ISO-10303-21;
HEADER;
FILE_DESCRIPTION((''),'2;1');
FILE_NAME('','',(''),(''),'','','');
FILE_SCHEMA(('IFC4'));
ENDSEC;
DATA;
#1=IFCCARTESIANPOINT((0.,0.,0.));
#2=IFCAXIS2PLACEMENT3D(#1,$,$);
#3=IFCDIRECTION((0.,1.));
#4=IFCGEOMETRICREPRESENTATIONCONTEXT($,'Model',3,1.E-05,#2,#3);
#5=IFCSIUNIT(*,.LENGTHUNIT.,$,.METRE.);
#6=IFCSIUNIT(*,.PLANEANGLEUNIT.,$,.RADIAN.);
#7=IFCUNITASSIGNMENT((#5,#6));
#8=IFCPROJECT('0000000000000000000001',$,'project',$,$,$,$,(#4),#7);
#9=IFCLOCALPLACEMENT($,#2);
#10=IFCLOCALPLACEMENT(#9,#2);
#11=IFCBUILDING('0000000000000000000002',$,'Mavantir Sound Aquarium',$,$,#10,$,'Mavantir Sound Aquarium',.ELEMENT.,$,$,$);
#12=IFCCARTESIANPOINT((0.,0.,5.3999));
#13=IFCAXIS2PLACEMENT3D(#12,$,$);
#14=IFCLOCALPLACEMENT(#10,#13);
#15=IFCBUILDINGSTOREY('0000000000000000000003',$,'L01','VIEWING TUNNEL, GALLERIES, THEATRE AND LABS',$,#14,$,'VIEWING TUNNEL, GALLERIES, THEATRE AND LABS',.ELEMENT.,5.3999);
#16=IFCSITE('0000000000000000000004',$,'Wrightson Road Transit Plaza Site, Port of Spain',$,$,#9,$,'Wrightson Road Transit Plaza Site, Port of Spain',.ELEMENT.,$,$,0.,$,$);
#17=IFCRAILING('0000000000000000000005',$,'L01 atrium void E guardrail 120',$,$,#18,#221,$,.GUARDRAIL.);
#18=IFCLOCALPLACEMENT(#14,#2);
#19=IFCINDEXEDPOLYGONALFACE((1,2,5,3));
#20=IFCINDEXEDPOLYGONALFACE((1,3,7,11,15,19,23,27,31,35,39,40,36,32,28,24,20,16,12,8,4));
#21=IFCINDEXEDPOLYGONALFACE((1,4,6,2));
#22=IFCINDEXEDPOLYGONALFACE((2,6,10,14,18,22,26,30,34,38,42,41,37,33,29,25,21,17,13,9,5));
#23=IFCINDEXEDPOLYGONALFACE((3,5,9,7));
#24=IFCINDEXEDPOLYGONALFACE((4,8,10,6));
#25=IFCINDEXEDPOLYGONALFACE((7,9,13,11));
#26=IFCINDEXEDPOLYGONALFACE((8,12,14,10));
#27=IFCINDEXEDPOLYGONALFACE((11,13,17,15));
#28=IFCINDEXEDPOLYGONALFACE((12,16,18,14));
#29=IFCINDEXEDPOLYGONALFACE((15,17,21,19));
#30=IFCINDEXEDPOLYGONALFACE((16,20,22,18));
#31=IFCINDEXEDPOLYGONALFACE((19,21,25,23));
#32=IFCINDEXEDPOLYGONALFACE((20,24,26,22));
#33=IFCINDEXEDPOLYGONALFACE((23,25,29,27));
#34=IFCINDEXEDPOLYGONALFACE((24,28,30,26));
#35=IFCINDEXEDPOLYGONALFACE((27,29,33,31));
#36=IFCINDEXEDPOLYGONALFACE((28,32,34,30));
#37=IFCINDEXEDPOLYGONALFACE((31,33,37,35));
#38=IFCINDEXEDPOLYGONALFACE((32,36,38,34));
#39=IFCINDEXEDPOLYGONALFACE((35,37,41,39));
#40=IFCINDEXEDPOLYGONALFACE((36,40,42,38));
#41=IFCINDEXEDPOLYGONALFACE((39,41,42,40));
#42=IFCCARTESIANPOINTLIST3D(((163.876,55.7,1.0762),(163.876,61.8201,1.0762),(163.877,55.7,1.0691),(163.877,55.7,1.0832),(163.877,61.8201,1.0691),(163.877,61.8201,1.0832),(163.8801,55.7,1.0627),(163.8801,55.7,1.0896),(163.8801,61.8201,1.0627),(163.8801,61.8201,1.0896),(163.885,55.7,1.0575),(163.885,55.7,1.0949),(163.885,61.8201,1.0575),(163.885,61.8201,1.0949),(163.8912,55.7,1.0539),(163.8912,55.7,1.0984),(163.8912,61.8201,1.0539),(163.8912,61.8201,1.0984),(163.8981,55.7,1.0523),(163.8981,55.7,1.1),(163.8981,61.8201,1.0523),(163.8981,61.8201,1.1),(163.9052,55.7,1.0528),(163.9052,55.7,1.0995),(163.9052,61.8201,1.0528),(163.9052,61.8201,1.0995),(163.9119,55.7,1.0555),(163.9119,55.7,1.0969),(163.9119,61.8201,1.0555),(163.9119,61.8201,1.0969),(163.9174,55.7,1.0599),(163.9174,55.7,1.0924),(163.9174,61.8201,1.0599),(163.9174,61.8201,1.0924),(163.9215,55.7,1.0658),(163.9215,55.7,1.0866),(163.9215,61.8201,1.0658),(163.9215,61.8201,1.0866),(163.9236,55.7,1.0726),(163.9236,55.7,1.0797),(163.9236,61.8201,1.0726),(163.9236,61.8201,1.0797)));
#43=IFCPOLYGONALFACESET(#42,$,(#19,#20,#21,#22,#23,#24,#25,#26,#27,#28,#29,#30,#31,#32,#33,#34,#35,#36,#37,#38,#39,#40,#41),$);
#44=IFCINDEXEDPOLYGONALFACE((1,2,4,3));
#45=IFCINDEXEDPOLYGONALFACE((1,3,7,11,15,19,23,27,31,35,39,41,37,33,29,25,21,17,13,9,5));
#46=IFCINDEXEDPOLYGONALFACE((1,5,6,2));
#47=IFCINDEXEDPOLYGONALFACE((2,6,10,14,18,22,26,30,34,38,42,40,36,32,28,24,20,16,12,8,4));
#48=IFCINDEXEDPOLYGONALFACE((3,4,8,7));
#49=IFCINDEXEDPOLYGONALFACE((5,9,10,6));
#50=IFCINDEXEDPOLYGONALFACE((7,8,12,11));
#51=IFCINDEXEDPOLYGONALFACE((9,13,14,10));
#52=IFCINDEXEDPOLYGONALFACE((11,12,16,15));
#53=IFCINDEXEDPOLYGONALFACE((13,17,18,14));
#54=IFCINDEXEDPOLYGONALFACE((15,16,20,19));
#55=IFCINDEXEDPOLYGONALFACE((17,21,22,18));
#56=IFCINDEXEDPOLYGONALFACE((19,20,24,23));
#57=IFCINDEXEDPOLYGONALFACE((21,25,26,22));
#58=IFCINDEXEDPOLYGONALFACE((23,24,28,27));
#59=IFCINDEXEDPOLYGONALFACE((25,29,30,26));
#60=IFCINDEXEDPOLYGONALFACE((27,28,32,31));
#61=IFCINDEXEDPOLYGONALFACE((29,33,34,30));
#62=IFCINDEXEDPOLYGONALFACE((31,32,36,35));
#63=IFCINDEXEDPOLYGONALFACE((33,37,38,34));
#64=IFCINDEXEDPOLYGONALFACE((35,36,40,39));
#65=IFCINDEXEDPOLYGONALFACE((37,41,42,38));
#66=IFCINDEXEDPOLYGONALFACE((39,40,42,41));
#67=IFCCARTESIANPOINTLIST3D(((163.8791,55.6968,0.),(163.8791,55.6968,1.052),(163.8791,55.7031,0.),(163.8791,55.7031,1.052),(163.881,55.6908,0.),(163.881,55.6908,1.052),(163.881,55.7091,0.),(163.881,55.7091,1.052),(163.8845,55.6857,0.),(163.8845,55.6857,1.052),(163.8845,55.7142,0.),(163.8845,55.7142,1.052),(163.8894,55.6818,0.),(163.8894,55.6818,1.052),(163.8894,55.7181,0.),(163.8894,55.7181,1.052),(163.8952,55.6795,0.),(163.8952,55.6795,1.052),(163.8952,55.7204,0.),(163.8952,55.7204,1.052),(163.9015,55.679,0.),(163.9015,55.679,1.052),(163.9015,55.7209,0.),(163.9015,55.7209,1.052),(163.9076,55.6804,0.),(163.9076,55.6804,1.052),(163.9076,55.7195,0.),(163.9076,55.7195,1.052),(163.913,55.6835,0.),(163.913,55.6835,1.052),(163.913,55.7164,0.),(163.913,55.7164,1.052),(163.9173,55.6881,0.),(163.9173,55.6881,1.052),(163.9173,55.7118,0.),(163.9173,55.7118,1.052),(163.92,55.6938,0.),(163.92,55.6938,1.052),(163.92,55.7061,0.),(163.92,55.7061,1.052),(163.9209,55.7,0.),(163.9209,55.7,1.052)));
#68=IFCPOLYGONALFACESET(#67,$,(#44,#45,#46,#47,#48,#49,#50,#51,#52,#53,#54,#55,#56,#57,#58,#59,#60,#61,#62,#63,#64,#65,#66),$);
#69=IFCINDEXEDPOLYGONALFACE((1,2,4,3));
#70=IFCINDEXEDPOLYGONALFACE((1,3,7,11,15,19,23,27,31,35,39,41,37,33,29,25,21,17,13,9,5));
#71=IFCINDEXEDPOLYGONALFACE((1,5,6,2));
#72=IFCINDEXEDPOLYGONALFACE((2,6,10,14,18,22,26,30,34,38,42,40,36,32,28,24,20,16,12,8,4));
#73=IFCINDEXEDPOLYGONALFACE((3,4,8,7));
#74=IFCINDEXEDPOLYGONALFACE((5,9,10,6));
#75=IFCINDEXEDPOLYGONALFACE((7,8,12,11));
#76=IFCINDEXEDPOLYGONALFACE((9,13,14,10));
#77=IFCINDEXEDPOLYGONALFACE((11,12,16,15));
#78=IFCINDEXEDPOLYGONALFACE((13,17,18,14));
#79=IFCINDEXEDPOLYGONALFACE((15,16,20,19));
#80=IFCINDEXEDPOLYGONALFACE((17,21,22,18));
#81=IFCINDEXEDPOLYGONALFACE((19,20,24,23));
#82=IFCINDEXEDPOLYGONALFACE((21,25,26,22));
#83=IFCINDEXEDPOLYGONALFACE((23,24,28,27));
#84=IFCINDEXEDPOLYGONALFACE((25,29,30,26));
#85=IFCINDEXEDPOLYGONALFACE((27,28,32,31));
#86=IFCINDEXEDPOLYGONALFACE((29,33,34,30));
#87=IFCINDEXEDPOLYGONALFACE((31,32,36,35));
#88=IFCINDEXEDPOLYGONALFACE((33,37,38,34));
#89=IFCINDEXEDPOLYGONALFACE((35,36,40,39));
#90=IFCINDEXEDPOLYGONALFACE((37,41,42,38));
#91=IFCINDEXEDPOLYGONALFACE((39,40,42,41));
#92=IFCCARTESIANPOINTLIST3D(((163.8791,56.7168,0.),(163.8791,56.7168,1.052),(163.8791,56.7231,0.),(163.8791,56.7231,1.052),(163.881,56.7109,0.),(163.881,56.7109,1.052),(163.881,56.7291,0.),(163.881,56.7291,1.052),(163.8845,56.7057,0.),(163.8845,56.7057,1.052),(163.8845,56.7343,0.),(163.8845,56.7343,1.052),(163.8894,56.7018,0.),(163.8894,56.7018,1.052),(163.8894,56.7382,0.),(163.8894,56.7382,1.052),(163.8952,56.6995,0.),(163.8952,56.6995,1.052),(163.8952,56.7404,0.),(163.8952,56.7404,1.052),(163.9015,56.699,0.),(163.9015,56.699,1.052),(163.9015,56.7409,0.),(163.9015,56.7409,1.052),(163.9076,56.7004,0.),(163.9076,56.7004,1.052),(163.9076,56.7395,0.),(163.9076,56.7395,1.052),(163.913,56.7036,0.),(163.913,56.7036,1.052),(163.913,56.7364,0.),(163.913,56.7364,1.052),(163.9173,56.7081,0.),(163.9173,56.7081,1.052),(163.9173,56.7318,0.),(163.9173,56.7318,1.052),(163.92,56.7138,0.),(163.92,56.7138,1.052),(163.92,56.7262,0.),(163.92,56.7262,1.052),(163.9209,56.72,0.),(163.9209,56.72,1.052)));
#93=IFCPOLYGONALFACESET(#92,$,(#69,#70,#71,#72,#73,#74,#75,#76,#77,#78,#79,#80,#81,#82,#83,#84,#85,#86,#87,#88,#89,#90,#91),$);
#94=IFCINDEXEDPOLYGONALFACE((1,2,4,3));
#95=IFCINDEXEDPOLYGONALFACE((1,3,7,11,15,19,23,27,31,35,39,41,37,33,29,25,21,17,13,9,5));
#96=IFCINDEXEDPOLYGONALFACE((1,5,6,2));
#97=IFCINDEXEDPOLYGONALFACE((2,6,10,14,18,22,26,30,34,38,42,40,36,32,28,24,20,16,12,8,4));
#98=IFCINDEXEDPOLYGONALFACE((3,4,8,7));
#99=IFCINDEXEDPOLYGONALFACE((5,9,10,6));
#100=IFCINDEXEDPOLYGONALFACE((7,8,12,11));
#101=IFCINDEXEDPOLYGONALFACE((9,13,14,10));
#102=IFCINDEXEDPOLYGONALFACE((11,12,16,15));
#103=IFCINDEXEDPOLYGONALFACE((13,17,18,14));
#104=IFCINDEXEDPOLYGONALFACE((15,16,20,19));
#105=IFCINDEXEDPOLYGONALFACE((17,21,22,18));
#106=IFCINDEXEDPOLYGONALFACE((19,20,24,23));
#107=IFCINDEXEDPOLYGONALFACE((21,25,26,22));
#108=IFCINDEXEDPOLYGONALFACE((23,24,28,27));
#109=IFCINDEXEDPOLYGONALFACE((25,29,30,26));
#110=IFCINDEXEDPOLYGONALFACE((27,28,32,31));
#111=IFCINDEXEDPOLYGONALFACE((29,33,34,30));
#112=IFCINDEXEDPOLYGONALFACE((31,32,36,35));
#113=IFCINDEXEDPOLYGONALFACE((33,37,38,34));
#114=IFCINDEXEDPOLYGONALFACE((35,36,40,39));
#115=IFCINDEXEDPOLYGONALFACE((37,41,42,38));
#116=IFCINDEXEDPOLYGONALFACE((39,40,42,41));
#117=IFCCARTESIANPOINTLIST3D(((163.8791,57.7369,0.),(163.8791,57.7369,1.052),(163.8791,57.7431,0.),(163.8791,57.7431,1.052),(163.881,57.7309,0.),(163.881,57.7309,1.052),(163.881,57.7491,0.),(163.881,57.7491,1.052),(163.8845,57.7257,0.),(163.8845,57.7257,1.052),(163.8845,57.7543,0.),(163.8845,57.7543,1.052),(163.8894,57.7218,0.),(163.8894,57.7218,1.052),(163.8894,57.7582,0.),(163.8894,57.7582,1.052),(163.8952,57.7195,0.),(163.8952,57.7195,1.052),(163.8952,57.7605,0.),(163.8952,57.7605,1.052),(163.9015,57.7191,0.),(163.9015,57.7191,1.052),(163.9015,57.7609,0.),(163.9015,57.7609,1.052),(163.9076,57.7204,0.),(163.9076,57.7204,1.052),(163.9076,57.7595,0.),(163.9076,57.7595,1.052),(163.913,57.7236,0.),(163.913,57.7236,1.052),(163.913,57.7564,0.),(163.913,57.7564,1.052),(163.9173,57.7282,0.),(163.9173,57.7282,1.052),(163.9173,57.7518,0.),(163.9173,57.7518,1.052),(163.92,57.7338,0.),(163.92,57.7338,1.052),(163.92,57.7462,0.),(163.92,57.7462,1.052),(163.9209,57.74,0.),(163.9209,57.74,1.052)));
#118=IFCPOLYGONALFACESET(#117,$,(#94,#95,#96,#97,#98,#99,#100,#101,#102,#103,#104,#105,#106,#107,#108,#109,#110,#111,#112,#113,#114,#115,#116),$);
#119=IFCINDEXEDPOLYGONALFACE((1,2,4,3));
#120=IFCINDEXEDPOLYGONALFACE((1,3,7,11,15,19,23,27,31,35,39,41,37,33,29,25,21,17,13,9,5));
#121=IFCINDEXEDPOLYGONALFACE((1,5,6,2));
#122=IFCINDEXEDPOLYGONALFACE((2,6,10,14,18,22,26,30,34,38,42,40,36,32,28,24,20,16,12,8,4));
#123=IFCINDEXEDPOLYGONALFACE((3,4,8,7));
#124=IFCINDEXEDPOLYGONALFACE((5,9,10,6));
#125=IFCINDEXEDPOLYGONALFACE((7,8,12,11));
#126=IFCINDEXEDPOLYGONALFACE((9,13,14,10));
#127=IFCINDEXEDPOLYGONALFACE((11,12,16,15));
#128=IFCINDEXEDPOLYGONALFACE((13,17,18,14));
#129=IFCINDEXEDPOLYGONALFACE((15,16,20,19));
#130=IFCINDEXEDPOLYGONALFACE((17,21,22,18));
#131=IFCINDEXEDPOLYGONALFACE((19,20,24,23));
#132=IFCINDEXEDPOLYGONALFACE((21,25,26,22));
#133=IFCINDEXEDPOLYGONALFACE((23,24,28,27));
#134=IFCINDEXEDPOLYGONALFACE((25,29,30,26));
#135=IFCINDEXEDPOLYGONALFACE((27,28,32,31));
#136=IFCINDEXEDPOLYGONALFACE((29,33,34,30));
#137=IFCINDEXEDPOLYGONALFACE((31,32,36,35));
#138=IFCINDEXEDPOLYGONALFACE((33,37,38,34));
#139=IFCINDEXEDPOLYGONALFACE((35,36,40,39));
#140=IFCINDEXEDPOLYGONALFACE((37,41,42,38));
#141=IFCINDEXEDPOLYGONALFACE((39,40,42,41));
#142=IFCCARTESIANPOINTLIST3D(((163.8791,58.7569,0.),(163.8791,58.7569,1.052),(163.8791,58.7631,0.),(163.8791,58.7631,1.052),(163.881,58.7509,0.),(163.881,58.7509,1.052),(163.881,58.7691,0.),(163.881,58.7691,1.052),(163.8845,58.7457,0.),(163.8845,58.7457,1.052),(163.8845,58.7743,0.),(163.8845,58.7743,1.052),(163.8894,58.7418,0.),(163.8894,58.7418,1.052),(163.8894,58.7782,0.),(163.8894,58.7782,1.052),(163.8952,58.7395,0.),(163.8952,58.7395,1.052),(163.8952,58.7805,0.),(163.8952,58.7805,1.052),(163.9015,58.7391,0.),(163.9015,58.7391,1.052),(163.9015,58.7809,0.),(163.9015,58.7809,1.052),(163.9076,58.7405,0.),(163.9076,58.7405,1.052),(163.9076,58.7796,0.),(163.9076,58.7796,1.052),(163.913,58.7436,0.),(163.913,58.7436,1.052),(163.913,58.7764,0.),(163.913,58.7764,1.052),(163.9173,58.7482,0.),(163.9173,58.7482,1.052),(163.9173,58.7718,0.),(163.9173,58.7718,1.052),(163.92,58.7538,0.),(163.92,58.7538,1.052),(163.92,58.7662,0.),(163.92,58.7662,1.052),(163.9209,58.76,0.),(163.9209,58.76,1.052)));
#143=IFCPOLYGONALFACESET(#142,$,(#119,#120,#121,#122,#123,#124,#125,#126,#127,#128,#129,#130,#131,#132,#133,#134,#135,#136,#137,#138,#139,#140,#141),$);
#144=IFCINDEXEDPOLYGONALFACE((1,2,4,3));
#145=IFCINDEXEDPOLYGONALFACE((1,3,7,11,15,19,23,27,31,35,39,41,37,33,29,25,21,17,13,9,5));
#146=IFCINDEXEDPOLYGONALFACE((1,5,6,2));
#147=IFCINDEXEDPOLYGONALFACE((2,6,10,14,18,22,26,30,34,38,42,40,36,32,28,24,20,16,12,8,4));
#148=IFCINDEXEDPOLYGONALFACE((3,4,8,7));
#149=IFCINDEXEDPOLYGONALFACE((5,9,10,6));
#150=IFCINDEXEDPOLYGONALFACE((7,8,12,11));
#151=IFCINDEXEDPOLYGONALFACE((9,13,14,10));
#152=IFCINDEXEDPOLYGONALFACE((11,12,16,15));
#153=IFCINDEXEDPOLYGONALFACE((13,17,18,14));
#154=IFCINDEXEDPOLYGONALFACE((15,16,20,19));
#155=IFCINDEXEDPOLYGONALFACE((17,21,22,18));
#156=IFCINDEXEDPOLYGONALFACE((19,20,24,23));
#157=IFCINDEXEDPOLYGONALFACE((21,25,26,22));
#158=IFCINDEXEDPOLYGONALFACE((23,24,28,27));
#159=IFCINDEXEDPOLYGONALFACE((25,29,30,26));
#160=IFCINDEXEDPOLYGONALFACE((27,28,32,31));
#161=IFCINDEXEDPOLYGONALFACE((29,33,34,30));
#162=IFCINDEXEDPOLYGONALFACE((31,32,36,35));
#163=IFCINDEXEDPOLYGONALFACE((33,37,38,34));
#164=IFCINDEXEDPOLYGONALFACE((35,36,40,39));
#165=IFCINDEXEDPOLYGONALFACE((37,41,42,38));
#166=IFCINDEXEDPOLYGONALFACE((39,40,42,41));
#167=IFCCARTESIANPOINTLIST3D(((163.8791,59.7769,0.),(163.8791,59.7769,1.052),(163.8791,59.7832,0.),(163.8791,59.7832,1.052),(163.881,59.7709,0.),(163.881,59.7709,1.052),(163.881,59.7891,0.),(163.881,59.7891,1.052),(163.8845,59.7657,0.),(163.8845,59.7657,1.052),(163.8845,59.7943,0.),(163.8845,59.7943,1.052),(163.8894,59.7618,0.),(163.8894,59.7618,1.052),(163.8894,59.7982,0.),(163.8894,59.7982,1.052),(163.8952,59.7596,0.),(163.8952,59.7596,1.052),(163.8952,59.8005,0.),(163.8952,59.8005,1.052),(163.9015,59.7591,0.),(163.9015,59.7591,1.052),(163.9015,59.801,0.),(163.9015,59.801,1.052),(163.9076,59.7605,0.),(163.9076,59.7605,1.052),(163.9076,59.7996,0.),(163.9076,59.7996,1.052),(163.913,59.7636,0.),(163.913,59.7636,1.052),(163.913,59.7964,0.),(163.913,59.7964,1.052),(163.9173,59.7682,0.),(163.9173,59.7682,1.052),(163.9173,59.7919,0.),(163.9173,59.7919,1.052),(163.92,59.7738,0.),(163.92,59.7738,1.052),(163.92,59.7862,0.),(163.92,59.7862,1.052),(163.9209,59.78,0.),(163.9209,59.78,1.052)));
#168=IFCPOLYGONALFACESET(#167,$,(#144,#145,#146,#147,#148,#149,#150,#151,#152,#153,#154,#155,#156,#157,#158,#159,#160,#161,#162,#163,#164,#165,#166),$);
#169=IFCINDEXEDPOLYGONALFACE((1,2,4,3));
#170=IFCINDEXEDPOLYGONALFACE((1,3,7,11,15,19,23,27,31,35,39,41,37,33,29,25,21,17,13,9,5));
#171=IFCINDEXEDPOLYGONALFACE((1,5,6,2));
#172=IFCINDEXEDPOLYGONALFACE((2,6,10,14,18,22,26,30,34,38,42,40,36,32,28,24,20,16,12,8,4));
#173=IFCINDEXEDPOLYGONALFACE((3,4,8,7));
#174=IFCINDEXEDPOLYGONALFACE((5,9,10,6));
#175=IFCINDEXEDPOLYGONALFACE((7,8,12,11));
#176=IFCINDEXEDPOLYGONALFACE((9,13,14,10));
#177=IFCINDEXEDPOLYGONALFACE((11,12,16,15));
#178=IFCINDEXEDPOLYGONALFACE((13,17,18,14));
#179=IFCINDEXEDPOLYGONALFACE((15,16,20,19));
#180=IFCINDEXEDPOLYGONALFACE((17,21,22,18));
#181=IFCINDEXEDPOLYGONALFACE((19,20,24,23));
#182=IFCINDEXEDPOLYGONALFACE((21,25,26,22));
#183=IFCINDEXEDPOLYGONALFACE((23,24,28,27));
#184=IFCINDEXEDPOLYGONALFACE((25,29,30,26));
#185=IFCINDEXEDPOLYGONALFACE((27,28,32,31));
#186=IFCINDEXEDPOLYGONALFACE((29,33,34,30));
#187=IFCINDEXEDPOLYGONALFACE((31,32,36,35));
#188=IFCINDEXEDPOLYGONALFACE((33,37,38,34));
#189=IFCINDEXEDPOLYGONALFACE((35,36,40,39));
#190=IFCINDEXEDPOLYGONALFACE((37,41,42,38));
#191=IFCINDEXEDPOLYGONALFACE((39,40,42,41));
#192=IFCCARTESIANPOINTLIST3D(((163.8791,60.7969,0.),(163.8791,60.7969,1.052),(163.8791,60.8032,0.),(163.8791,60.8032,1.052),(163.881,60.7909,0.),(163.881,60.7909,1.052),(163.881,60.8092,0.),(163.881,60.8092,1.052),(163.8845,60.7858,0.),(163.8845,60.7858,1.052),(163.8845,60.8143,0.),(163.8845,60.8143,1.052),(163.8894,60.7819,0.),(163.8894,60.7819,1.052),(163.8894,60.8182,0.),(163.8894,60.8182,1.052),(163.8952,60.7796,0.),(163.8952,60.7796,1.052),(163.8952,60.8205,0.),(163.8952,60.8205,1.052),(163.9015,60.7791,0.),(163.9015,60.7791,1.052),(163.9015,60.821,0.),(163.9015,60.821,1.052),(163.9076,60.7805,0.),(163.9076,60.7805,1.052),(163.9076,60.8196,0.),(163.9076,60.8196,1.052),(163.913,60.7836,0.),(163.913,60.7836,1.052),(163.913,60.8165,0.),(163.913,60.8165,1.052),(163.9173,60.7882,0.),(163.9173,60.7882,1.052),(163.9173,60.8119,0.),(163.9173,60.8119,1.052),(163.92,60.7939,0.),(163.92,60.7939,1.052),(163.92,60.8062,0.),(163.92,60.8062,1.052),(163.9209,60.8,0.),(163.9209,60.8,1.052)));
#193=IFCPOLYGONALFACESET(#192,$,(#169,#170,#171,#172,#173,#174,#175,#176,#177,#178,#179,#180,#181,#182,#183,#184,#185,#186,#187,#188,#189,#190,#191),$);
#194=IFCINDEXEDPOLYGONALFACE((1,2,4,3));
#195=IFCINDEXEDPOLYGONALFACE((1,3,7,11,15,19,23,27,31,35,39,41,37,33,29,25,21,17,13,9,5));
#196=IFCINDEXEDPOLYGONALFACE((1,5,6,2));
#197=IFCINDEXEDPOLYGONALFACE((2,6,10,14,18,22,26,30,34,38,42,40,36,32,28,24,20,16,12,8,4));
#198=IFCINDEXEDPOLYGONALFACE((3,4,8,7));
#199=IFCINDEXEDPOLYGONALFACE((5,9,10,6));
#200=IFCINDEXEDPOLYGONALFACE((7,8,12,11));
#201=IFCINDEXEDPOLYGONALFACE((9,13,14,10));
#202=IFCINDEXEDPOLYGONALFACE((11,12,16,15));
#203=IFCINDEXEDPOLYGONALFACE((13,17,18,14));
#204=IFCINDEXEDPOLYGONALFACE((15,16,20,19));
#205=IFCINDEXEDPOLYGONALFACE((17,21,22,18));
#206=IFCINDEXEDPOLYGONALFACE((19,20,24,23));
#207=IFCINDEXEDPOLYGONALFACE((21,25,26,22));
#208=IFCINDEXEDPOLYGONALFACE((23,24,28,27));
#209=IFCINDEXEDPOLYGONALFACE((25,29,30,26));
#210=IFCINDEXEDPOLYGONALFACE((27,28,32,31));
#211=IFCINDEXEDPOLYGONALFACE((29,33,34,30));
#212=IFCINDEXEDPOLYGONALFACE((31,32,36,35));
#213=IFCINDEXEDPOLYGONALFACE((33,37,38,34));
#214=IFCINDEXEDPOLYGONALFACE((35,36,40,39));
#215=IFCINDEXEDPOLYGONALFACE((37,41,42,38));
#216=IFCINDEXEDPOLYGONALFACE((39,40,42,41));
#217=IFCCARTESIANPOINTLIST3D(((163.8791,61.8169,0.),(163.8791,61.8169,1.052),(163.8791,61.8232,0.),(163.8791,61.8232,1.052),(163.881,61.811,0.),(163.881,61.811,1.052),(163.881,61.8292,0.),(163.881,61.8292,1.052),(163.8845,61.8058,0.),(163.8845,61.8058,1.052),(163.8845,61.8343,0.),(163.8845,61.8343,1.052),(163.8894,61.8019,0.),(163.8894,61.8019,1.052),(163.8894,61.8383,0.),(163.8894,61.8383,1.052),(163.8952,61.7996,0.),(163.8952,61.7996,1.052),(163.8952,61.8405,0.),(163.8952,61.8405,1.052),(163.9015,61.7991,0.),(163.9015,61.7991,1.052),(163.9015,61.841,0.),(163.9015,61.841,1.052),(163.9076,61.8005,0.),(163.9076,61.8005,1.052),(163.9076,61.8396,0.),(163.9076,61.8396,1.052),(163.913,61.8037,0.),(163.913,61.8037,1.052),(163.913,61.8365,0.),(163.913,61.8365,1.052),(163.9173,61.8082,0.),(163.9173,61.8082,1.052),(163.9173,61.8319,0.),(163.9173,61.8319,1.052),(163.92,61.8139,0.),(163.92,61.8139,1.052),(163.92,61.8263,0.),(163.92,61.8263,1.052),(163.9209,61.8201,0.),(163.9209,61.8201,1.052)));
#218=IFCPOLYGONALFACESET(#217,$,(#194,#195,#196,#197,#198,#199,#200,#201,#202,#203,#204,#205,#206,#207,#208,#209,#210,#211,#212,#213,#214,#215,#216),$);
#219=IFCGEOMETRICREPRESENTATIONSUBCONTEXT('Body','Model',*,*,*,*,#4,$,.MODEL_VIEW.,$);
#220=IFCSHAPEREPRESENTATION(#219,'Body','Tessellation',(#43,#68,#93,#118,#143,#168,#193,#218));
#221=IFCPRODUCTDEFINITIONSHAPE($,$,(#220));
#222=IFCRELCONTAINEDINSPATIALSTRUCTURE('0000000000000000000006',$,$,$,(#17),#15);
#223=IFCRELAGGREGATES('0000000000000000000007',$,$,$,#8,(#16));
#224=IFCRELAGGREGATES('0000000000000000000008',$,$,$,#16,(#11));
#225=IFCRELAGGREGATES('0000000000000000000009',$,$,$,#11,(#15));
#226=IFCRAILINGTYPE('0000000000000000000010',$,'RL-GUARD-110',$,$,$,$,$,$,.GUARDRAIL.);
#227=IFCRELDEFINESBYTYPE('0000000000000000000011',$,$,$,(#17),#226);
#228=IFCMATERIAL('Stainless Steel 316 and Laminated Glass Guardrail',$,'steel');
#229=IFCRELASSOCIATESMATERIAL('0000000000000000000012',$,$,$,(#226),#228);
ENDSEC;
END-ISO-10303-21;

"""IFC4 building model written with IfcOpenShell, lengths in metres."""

from ifc_helpers import new_model, si_unit, direction, frame, origin, origin_2d, place, context, subcontext, project, spatial, circle, extrude, material, type_object, element, save


model = new_model("IFC4")

# Units and contexts
model_context = context("Model", 3, precision=1e-05, world=origin(), true_north=direction((0.0, 1.0)))
body_context = subcontext(model_context, "Body", "Model", "MODEL_VIEW")
ifc_project = project(units=[si_unit("LENGTHUNIT", "METRE"), si_unit("PLANEANGLEUNIT", "RADIAN")], contexts=[model_context])

# Site, building, storey
site_placement = place(None, origin())
site = spatial("IfcSite", under=ifc_project, at=site_placement, Name="Wrightson Road Transit Plaza Site, Port of Spain", LongName="Wrightson Road Transit Plaza Site, Port of Spain", CompositionType="ELEMENT", RefElevation=0.0)
building_placement = place(site_placement, origin())
building = spatial("IfcBuilding", under=site, at=building_placement, Name="Mavantir Sound Aquarium", LongName="Mavantir Sound Aquarium", CompositionType="ELEMENT")
storey_placement = place(building_placement, frame((0.0, 0.0, 5.3999)))
storey = spatial("IfcBuildingStorey", under=building, at=storey_placement, Name="L01", Description="VIEWING TUNNEL, GALLERIES, THEATRE AND LABS", LongName="VIEWING TUNNEL, GALLERIES, THEATRE AND LABS", CompositionType="ELEMENT", Elevation=5.3999)

# Railing
ifc_material_1 = material(Name="Stainless Steel 316 and Laminated Glass Guardrail", Category="steel")
railing_type = type_object("IfcRailingType", Name="RL-GUARD-110", PredefinedType="GUARDRAIL", material=ifc_material_1)
railing_1_placement = place(storey_placement, frame((163.8999, 55.7, 0.0)))
element("IfcRailing", 1, at=railing_1_placement, inside=storey, type_object=railing_type, Name="L01 atrium void E guardrail 120", PredefinedType="GUARDRAIL", context=body_context, shape_type="SweptSolid", body=[
    extrude(circle(Radius=0.0239, at=origin_2d()), frame((0.0, 0.0, 1.0762), z_axis=(0.0, 1.0, 0.0), x_axis=(-1.0, 0.0, 0.0)), (0.0, 0.0, 1.0), 6.1201),
    extrude(circle(Radius=0.021, at=origin_2d()), origin(), (0.0, 0.0, 1.0), 1.052),
    extrude(circle(Radius=0.021, at=origin_2d()), frame((0.0, 1.02, 0.0)), (0.0, 0.0, 1.0), 1.052),
    extrude(circle(Radius=0.021, at=origin_2d()), frame((0.0, 2.04, 0.0)), (0.0, 0.0, 1.0), 1.052),
    extrude(circle(Radius=0.021, at=origin_2d()), frame((0.0, 3.0601, 0.0)), (0.0, 0.0, 1.0), 1.052),
    extrude(circle(Radius=0.021, at=origin_2d()), frame((0.0, 4.0801, 0.0)), (0.0, 0.0, 1.0), 1.052),
    extrude(circle(Radius=0.021, at=origin_2d()), frame((0.0, 5.1001, 0.0)), (0.0, 0.0, 1.0), 1.052),
    extrude(circle(Radius=0.021, at=origin_2d()), frame((0.0, 6.1201, 0.0)), (0.0, 0.0, 1.0), 1.052),
])

save(model, "model.ifc")
